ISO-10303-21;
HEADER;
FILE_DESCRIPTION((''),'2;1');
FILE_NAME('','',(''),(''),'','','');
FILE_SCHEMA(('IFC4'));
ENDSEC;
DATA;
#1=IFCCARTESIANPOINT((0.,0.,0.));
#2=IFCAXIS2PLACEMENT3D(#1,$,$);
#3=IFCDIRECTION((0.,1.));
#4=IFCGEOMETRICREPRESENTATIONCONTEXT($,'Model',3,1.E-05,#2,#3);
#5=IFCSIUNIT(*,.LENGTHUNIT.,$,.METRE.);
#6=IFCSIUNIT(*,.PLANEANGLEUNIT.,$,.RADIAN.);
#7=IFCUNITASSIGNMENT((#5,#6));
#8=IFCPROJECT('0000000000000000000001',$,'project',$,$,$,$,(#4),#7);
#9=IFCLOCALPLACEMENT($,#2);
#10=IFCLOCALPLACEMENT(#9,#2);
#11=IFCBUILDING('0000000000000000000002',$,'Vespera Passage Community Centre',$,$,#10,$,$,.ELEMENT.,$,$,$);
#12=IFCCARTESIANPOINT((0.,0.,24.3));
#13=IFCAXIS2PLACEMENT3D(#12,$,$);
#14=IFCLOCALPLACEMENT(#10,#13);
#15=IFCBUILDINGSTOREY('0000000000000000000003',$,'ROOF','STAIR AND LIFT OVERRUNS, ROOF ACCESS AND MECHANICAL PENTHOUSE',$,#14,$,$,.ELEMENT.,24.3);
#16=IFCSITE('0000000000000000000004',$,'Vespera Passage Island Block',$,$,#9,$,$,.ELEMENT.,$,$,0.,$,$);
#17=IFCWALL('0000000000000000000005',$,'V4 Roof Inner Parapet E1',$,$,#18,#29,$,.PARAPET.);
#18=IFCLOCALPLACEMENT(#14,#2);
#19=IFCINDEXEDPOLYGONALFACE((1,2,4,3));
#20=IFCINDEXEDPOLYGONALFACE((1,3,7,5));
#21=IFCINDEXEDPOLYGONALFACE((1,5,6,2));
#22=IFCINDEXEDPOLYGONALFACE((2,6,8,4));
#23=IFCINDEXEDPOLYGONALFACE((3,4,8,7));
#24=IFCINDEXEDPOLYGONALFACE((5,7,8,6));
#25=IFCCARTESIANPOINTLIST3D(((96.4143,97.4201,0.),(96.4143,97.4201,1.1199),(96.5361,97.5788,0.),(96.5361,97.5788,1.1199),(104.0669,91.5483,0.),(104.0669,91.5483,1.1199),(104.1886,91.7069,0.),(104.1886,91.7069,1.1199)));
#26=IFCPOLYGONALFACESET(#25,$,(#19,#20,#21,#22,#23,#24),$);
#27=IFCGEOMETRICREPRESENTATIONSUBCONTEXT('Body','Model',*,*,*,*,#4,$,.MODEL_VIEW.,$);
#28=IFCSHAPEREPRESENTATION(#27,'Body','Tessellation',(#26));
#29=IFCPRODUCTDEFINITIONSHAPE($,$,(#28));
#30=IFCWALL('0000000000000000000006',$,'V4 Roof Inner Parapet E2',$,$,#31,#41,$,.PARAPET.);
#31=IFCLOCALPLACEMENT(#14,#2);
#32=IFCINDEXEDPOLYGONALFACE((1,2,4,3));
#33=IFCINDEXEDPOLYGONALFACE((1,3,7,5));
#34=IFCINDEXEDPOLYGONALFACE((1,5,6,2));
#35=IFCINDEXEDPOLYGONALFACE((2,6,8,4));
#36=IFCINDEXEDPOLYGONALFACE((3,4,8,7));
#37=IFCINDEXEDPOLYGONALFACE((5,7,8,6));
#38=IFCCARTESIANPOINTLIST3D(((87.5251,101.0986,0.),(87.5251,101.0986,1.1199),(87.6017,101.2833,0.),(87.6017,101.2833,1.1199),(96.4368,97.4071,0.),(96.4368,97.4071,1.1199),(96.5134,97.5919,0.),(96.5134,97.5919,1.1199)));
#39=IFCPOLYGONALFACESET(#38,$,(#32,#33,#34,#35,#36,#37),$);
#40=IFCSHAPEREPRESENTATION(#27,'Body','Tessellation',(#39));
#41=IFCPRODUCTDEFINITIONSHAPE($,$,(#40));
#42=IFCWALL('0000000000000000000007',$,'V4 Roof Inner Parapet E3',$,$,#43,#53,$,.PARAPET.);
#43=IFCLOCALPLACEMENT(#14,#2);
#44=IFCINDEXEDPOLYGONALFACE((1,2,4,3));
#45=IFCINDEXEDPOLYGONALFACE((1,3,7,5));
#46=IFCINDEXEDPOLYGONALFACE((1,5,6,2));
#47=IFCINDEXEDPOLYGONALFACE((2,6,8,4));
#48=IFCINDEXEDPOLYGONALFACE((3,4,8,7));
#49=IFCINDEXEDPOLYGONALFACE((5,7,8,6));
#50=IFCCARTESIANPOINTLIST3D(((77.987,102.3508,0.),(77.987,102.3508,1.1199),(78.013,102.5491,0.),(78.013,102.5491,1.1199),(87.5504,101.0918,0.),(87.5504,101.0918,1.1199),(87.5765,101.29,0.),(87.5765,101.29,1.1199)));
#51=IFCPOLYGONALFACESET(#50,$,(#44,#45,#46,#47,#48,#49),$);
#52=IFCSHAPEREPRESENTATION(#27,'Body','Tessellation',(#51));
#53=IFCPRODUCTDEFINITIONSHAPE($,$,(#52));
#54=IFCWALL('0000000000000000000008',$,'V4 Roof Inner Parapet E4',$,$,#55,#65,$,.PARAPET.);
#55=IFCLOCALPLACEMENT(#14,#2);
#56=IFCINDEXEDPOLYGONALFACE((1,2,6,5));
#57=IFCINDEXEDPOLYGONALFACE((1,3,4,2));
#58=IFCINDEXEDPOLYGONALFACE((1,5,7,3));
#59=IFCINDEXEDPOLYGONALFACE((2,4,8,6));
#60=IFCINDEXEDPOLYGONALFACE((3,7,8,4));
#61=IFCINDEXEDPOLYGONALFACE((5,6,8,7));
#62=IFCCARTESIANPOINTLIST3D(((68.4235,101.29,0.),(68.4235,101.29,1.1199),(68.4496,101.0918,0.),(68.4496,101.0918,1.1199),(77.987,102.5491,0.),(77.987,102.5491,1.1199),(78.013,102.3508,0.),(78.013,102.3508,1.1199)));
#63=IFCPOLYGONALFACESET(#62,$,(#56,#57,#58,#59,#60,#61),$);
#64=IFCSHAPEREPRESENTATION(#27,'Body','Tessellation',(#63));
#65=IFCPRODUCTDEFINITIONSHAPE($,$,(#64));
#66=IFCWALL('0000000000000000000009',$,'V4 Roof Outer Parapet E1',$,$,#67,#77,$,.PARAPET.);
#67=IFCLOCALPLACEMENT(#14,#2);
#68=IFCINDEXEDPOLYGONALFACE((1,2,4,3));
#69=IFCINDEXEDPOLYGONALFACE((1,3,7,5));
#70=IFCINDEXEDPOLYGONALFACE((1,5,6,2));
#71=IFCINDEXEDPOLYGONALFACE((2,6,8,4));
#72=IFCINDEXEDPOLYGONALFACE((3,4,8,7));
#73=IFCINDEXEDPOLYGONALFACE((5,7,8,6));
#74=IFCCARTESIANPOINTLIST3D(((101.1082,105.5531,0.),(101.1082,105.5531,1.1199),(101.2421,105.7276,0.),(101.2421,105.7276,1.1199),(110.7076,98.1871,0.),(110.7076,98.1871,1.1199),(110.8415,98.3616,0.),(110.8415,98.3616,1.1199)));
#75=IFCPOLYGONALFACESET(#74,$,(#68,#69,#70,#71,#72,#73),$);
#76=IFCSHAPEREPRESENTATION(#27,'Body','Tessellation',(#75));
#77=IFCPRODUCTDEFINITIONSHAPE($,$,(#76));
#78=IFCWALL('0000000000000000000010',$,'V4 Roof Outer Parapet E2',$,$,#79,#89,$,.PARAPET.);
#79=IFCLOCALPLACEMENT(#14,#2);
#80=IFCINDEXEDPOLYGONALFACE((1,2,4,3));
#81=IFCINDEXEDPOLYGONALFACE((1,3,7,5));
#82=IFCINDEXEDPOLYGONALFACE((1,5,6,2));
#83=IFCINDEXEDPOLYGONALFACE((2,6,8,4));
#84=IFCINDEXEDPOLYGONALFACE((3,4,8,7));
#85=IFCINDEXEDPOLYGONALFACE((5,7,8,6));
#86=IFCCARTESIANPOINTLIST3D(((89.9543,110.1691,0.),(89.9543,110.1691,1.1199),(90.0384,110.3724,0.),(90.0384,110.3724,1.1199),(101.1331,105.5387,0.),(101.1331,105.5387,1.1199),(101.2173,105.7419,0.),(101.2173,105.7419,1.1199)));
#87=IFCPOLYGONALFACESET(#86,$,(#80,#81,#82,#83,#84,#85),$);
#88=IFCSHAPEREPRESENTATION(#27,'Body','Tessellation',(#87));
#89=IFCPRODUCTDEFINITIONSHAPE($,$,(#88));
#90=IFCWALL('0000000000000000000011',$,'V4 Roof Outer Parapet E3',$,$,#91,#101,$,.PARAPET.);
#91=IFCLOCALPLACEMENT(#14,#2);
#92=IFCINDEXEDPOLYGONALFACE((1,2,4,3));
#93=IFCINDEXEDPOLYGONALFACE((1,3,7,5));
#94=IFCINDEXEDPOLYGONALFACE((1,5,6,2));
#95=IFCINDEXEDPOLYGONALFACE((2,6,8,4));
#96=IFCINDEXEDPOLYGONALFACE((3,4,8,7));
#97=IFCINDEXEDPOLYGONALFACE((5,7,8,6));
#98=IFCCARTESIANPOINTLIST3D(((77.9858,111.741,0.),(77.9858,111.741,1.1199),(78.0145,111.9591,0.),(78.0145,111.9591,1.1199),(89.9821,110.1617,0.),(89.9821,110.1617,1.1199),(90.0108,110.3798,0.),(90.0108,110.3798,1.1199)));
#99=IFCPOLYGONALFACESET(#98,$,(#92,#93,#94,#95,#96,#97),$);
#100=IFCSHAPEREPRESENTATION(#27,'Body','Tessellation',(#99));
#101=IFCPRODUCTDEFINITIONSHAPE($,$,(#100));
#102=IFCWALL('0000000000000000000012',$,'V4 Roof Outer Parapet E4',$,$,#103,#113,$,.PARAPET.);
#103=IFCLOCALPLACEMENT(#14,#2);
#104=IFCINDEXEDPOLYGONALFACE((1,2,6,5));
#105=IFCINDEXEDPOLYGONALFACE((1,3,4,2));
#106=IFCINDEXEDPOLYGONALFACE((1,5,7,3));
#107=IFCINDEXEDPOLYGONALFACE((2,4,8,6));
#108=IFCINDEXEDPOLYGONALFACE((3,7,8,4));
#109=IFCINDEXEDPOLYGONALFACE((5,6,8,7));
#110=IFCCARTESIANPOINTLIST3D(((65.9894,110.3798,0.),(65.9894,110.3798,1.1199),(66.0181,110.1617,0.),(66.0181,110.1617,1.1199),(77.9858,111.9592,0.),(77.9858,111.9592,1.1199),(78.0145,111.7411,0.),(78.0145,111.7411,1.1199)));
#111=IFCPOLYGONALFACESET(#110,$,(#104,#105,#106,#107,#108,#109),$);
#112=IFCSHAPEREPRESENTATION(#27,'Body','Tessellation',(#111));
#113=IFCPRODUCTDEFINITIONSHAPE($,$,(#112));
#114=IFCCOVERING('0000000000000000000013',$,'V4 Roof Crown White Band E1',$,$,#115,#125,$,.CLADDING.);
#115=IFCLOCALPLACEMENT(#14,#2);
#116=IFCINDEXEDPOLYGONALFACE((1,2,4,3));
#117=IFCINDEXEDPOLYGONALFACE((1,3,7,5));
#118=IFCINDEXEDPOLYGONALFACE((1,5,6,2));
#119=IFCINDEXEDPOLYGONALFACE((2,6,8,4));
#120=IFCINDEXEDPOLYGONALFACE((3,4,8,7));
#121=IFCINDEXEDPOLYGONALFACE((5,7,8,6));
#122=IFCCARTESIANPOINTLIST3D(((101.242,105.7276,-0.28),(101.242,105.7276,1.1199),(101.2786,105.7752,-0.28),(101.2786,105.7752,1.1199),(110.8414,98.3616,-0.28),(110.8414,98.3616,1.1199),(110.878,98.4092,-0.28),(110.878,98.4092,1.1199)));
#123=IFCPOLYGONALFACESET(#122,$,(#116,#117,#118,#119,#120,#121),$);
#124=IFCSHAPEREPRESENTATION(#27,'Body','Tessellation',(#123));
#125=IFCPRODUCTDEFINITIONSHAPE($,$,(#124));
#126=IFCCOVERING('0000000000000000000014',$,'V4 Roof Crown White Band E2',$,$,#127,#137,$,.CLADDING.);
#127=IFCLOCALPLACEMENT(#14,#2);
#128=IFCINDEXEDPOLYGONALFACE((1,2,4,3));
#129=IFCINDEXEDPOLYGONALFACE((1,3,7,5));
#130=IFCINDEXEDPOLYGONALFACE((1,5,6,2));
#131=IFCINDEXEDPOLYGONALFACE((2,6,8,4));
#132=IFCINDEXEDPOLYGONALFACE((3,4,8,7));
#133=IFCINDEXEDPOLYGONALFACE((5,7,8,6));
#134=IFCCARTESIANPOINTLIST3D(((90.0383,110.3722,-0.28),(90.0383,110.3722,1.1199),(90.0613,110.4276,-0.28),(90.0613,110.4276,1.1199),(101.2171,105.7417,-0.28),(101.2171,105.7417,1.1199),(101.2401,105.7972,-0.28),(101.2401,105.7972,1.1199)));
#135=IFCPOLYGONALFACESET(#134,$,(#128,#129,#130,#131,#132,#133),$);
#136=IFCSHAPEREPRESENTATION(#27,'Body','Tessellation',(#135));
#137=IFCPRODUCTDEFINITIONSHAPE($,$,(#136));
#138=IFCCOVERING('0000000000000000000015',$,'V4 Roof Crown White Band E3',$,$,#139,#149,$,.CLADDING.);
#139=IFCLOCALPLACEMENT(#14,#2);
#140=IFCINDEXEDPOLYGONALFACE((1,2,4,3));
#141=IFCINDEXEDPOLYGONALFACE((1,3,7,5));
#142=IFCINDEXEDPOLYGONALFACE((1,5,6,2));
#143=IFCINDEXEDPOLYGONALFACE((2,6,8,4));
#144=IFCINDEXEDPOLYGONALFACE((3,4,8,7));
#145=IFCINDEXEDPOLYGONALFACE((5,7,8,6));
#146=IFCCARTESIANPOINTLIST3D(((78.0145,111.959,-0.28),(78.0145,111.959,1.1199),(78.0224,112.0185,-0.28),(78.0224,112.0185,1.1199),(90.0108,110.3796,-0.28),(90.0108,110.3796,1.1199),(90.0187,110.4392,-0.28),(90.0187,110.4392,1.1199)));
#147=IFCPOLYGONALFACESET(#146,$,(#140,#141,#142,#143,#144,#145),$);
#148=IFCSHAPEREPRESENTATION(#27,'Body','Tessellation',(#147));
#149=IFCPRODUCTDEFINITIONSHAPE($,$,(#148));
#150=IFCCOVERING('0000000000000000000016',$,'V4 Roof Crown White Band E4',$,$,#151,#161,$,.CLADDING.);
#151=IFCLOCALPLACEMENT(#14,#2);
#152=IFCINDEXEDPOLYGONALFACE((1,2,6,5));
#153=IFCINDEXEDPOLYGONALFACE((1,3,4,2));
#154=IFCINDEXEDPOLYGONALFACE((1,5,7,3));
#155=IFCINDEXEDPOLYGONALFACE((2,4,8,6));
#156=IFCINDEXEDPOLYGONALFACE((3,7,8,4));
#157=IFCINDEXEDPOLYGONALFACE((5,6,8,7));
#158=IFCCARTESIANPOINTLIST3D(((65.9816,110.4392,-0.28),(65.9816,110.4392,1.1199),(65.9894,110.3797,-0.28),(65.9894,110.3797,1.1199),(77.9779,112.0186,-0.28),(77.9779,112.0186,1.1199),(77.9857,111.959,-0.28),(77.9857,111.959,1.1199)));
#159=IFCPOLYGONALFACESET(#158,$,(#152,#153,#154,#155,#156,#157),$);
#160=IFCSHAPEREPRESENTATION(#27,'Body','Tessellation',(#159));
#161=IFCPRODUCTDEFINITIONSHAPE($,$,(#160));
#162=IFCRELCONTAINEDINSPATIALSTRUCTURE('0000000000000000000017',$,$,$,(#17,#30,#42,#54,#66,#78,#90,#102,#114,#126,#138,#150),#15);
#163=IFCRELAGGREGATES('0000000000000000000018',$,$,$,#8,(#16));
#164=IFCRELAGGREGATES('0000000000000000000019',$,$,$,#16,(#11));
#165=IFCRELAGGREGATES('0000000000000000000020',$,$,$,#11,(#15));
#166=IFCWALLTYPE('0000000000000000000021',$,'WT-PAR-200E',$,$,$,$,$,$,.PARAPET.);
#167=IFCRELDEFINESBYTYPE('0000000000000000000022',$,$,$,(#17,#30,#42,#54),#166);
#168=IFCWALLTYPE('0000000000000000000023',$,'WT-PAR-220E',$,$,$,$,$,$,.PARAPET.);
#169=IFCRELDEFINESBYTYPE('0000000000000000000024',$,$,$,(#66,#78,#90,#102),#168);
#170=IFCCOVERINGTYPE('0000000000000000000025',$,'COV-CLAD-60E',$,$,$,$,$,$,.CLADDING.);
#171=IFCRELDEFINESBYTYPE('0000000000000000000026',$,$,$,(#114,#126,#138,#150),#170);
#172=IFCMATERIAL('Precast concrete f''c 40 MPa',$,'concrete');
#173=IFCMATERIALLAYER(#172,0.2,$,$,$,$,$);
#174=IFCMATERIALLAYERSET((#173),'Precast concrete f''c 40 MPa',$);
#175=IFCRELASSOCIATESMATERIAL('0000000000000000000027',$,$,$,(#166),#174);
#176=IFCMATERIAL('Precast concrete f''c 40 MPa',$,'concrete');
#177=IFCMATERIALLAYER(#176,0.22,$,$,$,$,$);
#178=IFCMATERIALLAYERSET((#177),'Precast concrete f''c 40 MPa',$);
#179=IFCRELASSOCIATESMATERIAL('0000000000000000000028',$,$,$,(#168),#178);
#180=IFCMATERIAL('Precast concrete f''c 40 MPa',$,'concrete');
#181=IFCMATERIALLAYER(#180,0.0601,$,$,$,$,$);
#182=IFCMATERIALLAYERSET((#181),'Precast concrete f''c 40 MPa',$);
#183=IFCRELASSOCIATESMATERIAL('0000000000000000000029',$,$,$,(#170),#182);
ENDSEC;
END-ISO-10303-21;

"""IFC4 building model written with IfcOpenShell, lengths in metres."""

from ifc_helpers import new_model, si_unit, direction, frame, frame_2d, origin, place, context, subcontext, project, spatial, rectangle, extrude, material, layer, layer_set, type_object, element, save


model = new_model("IFC4")

# Units and contexts
model_context = context("Model", 3, precision=1e-05, world=origin(), true_north=direction((0.0, 1.0)))
body_context = subcontext(model_context, "Body", "Model", "MODEL_VIEW")
ifc_project = project(units=[si_unit("LENGTHUNIT", "METRE"), si_unit("PLANEANGLEUNIT", "RADIAN")], contexts=[model_context])

# Site, building, storey
site_placement = place(None, origin())
site = spatial("IfcSite", under=ifc_project, at=site_placement, Name="Vespera Passage Island Block", CompositionType="ELEMENT", RefElevation=0.0)
building_placement = place(site_placement, origin())
building = spatial("IfcBuilding", under=site, at=building_placement, Name="Vespera Passage Community Centre", CompositionType="ELEMENT")
storey_placement = place(building_placement, frame((0.0, 0.0, 24.3)))
storey = spatial("IfcBuildingStorey", under=building, at=storey_placement, Name="ROOF", Description="STAIR AND LIFT OVERRUNS, ROOF ACCESS AND MECHANICAL PENTHOUSE", CompositionType="ELEMENT", Elevation=24.3)

# Walls
ifc_material_1 = material(Name="Precast concrete f'c 40 MPa", Category="concrete")
ifc_layer_1 = layer(ifc_material_1, 0.2)
ifc_layer_set_1 = layer_set([ifc_layer_1], Name="Precast concrete f'c 40 MPa")
wall_type_1 = type_object("IfcWallType", Name="WT-PAR-200E", PredefinedType="PARAPET", material=ifc_layer_set_1)
wall_1_placement = place(storey_placement, frame((104.1277, 91.6277, 0.0), z_axis=(0.0, 0.0, 1.0), x_axis=(-0.793364, 0.608748, 0.0)))
element("IfcWall", 1, at=wall_1_placement, inside=storey, type_object=wall_type_1, Name="V4 Roof Inner Parapet E1", PredefinedType="PARAPET", context=body_context, shape_type="SweptSolid", body=[
    extrude(rectangle(XDim=9.6458, YDim=0.2, at=frame_2d((4.8228, 0.0))), origin(), (0.0, 0.0, 1.0), 1.1199),
])
for number, where, z_axis, x_axis, name in (
    (2, (96.4751, 97.4995, 0.0), (0.0, 0.0, 1.0), (-0.923876, 0.382692, 0.0), "V4 Roof Inner Parapet E2"),
    (3, (87.5635, 101.1909, 0.0), (0.0, 0.0, 1.0), (-0.991445, 0.130524, 0.0), "V4 Roof Inner Parapet E3"),
    (4, (78.0, 102.45, 0.0), (0.0, 0.0, 1.0), (-0.991445, -0.130524, 0.0), "V4 Roof Inner Parapet E4"),
):
    element("IfcWall", number, at=place(storey_placement, frame(where, z_axis=z_axis, x_axis=x_axis)), inside=storey, type_object=wall_type_1, Name=name, PredefinedType="PARAPET", context=body_context, shape_type="SweptSolid", body=[
        extrude(rectangle(XDim=9.646, YDim=0.2, at=frame_2d((4.823, 0.0))), origin(), (0.0, 0.0, 1.0), 1.1199),
    ])
ifc_material_2 = material(Name="Precast concrete f'c 40 MPa", Category="concrete")
ifc_layer_2 = layer(ifc_material_2, 0.22)
ifc_layer_set_2 = layer_set([ifc_layer_2], Name="Precast concrete f'c 40 MPa")
wall_type_2 = type_object("IfcWallType", Name="WT-PAR-220E", PredefinedType="PARAPET", material=ifc_layer_set_2)
for number, where, z_axis, x_axis, name in (
    (5, (110.7744, 98.2744, 0.0), (0.0, 0.0, 1.0), (-0.793349, 0.608767, 0.0), "V4 Roof Outer Parapet E1"),
    (6, (101.175, 105.6404, 0.0), (0.0, 0.0, 1.0), (-0.92388, 0.382683, 0.0), "V4 Roof Outer Parapet E2"),
    (7, (89.9963, 110.2708, 0.0), (0.0, 0.0, 1.0), (-0.991445, 0.130526, 0.0), "V4 Roof Outer Parapet E3"),
    (8, (78.0, 111.8501, 0.0), (0.0, 0.0, 1.0), (-0.991445, -0.130526, 0.0), "V4 Roof Outer Parapet E4"),
):
    element("IfcWall", number, at=place(storey_placement, frame(where, z_axis=z_axis, x_axis=x_axis)), inside=storey, type_object=wall_type_2, Name=name, PredefinedType="PARAPET", context=body_context, shape_type="SweptSolid", body=[
        extrude(rectangle(XDim=12.0999, YDim=0.22, at=frame_2d((6.0498, 0.0))), origin(), (0.0, 0.0, 1.0), 1.1199),
    ])

# Coverings
ifc_material_3 = material(Name="Precast concrete f'c 40 MPa", Category="concrete")
ifc_layer_3 = layer(ifc_material_3, 0.0601)
ifc_layer_set_3 = layer_set([ifc_layer_3], Name="Precast concrete f'c 40 MPa")
covering_type = type_object("IfcCoveringType", Name="COV-CLAD-60E", PredefinedType="CLADDING", material=ifc_layer_set_3)
for number, where, z_axis, x_axis, name in (
    (9, (110.8596, 98.3855, -0.28), (0.0, 0.0, 1.0), (-0.793349, 0.608767, 0.0), "V4 Roof Crown White Band E1"),
    (10, (101.2285, 105.7695, -0.28), (0.0, 0.0, 1.0), (-0.92388, 0.382683, 0.0), "V4 Roof Crown White Band E2"),
    (11, (90.0146, 110.4094, -0.28), (0.0, 0.0, 1.0), (-0.991445, 0.130526, 0.0), "V4 Roof Crown White Band E3"),
    (12, (77.9817, 111.9888, -0.28), (0.0, 0.0, 1.0), (-0.991445, -0.130526, 0.0), "V4 Roof Crown White Band E4"),
):
    element("IfcCovering", number, at=place(storey_placement, frame(where, z_axis=z_axis, x_axis=x_axis)), inside=storey, type_object=covering_type, Name=name, PredefinedType="CLADDING", context=body_context, shape_type="SweptSolid", body=[
        extrude(rectangle(XDim=12.0999, YDim=0.0601, at=frame_2d((6.0498, 0.0))), origin(), (0.0, 0.0, 1.0), 1.3999),
    ])

save(model, "model.ifc")
